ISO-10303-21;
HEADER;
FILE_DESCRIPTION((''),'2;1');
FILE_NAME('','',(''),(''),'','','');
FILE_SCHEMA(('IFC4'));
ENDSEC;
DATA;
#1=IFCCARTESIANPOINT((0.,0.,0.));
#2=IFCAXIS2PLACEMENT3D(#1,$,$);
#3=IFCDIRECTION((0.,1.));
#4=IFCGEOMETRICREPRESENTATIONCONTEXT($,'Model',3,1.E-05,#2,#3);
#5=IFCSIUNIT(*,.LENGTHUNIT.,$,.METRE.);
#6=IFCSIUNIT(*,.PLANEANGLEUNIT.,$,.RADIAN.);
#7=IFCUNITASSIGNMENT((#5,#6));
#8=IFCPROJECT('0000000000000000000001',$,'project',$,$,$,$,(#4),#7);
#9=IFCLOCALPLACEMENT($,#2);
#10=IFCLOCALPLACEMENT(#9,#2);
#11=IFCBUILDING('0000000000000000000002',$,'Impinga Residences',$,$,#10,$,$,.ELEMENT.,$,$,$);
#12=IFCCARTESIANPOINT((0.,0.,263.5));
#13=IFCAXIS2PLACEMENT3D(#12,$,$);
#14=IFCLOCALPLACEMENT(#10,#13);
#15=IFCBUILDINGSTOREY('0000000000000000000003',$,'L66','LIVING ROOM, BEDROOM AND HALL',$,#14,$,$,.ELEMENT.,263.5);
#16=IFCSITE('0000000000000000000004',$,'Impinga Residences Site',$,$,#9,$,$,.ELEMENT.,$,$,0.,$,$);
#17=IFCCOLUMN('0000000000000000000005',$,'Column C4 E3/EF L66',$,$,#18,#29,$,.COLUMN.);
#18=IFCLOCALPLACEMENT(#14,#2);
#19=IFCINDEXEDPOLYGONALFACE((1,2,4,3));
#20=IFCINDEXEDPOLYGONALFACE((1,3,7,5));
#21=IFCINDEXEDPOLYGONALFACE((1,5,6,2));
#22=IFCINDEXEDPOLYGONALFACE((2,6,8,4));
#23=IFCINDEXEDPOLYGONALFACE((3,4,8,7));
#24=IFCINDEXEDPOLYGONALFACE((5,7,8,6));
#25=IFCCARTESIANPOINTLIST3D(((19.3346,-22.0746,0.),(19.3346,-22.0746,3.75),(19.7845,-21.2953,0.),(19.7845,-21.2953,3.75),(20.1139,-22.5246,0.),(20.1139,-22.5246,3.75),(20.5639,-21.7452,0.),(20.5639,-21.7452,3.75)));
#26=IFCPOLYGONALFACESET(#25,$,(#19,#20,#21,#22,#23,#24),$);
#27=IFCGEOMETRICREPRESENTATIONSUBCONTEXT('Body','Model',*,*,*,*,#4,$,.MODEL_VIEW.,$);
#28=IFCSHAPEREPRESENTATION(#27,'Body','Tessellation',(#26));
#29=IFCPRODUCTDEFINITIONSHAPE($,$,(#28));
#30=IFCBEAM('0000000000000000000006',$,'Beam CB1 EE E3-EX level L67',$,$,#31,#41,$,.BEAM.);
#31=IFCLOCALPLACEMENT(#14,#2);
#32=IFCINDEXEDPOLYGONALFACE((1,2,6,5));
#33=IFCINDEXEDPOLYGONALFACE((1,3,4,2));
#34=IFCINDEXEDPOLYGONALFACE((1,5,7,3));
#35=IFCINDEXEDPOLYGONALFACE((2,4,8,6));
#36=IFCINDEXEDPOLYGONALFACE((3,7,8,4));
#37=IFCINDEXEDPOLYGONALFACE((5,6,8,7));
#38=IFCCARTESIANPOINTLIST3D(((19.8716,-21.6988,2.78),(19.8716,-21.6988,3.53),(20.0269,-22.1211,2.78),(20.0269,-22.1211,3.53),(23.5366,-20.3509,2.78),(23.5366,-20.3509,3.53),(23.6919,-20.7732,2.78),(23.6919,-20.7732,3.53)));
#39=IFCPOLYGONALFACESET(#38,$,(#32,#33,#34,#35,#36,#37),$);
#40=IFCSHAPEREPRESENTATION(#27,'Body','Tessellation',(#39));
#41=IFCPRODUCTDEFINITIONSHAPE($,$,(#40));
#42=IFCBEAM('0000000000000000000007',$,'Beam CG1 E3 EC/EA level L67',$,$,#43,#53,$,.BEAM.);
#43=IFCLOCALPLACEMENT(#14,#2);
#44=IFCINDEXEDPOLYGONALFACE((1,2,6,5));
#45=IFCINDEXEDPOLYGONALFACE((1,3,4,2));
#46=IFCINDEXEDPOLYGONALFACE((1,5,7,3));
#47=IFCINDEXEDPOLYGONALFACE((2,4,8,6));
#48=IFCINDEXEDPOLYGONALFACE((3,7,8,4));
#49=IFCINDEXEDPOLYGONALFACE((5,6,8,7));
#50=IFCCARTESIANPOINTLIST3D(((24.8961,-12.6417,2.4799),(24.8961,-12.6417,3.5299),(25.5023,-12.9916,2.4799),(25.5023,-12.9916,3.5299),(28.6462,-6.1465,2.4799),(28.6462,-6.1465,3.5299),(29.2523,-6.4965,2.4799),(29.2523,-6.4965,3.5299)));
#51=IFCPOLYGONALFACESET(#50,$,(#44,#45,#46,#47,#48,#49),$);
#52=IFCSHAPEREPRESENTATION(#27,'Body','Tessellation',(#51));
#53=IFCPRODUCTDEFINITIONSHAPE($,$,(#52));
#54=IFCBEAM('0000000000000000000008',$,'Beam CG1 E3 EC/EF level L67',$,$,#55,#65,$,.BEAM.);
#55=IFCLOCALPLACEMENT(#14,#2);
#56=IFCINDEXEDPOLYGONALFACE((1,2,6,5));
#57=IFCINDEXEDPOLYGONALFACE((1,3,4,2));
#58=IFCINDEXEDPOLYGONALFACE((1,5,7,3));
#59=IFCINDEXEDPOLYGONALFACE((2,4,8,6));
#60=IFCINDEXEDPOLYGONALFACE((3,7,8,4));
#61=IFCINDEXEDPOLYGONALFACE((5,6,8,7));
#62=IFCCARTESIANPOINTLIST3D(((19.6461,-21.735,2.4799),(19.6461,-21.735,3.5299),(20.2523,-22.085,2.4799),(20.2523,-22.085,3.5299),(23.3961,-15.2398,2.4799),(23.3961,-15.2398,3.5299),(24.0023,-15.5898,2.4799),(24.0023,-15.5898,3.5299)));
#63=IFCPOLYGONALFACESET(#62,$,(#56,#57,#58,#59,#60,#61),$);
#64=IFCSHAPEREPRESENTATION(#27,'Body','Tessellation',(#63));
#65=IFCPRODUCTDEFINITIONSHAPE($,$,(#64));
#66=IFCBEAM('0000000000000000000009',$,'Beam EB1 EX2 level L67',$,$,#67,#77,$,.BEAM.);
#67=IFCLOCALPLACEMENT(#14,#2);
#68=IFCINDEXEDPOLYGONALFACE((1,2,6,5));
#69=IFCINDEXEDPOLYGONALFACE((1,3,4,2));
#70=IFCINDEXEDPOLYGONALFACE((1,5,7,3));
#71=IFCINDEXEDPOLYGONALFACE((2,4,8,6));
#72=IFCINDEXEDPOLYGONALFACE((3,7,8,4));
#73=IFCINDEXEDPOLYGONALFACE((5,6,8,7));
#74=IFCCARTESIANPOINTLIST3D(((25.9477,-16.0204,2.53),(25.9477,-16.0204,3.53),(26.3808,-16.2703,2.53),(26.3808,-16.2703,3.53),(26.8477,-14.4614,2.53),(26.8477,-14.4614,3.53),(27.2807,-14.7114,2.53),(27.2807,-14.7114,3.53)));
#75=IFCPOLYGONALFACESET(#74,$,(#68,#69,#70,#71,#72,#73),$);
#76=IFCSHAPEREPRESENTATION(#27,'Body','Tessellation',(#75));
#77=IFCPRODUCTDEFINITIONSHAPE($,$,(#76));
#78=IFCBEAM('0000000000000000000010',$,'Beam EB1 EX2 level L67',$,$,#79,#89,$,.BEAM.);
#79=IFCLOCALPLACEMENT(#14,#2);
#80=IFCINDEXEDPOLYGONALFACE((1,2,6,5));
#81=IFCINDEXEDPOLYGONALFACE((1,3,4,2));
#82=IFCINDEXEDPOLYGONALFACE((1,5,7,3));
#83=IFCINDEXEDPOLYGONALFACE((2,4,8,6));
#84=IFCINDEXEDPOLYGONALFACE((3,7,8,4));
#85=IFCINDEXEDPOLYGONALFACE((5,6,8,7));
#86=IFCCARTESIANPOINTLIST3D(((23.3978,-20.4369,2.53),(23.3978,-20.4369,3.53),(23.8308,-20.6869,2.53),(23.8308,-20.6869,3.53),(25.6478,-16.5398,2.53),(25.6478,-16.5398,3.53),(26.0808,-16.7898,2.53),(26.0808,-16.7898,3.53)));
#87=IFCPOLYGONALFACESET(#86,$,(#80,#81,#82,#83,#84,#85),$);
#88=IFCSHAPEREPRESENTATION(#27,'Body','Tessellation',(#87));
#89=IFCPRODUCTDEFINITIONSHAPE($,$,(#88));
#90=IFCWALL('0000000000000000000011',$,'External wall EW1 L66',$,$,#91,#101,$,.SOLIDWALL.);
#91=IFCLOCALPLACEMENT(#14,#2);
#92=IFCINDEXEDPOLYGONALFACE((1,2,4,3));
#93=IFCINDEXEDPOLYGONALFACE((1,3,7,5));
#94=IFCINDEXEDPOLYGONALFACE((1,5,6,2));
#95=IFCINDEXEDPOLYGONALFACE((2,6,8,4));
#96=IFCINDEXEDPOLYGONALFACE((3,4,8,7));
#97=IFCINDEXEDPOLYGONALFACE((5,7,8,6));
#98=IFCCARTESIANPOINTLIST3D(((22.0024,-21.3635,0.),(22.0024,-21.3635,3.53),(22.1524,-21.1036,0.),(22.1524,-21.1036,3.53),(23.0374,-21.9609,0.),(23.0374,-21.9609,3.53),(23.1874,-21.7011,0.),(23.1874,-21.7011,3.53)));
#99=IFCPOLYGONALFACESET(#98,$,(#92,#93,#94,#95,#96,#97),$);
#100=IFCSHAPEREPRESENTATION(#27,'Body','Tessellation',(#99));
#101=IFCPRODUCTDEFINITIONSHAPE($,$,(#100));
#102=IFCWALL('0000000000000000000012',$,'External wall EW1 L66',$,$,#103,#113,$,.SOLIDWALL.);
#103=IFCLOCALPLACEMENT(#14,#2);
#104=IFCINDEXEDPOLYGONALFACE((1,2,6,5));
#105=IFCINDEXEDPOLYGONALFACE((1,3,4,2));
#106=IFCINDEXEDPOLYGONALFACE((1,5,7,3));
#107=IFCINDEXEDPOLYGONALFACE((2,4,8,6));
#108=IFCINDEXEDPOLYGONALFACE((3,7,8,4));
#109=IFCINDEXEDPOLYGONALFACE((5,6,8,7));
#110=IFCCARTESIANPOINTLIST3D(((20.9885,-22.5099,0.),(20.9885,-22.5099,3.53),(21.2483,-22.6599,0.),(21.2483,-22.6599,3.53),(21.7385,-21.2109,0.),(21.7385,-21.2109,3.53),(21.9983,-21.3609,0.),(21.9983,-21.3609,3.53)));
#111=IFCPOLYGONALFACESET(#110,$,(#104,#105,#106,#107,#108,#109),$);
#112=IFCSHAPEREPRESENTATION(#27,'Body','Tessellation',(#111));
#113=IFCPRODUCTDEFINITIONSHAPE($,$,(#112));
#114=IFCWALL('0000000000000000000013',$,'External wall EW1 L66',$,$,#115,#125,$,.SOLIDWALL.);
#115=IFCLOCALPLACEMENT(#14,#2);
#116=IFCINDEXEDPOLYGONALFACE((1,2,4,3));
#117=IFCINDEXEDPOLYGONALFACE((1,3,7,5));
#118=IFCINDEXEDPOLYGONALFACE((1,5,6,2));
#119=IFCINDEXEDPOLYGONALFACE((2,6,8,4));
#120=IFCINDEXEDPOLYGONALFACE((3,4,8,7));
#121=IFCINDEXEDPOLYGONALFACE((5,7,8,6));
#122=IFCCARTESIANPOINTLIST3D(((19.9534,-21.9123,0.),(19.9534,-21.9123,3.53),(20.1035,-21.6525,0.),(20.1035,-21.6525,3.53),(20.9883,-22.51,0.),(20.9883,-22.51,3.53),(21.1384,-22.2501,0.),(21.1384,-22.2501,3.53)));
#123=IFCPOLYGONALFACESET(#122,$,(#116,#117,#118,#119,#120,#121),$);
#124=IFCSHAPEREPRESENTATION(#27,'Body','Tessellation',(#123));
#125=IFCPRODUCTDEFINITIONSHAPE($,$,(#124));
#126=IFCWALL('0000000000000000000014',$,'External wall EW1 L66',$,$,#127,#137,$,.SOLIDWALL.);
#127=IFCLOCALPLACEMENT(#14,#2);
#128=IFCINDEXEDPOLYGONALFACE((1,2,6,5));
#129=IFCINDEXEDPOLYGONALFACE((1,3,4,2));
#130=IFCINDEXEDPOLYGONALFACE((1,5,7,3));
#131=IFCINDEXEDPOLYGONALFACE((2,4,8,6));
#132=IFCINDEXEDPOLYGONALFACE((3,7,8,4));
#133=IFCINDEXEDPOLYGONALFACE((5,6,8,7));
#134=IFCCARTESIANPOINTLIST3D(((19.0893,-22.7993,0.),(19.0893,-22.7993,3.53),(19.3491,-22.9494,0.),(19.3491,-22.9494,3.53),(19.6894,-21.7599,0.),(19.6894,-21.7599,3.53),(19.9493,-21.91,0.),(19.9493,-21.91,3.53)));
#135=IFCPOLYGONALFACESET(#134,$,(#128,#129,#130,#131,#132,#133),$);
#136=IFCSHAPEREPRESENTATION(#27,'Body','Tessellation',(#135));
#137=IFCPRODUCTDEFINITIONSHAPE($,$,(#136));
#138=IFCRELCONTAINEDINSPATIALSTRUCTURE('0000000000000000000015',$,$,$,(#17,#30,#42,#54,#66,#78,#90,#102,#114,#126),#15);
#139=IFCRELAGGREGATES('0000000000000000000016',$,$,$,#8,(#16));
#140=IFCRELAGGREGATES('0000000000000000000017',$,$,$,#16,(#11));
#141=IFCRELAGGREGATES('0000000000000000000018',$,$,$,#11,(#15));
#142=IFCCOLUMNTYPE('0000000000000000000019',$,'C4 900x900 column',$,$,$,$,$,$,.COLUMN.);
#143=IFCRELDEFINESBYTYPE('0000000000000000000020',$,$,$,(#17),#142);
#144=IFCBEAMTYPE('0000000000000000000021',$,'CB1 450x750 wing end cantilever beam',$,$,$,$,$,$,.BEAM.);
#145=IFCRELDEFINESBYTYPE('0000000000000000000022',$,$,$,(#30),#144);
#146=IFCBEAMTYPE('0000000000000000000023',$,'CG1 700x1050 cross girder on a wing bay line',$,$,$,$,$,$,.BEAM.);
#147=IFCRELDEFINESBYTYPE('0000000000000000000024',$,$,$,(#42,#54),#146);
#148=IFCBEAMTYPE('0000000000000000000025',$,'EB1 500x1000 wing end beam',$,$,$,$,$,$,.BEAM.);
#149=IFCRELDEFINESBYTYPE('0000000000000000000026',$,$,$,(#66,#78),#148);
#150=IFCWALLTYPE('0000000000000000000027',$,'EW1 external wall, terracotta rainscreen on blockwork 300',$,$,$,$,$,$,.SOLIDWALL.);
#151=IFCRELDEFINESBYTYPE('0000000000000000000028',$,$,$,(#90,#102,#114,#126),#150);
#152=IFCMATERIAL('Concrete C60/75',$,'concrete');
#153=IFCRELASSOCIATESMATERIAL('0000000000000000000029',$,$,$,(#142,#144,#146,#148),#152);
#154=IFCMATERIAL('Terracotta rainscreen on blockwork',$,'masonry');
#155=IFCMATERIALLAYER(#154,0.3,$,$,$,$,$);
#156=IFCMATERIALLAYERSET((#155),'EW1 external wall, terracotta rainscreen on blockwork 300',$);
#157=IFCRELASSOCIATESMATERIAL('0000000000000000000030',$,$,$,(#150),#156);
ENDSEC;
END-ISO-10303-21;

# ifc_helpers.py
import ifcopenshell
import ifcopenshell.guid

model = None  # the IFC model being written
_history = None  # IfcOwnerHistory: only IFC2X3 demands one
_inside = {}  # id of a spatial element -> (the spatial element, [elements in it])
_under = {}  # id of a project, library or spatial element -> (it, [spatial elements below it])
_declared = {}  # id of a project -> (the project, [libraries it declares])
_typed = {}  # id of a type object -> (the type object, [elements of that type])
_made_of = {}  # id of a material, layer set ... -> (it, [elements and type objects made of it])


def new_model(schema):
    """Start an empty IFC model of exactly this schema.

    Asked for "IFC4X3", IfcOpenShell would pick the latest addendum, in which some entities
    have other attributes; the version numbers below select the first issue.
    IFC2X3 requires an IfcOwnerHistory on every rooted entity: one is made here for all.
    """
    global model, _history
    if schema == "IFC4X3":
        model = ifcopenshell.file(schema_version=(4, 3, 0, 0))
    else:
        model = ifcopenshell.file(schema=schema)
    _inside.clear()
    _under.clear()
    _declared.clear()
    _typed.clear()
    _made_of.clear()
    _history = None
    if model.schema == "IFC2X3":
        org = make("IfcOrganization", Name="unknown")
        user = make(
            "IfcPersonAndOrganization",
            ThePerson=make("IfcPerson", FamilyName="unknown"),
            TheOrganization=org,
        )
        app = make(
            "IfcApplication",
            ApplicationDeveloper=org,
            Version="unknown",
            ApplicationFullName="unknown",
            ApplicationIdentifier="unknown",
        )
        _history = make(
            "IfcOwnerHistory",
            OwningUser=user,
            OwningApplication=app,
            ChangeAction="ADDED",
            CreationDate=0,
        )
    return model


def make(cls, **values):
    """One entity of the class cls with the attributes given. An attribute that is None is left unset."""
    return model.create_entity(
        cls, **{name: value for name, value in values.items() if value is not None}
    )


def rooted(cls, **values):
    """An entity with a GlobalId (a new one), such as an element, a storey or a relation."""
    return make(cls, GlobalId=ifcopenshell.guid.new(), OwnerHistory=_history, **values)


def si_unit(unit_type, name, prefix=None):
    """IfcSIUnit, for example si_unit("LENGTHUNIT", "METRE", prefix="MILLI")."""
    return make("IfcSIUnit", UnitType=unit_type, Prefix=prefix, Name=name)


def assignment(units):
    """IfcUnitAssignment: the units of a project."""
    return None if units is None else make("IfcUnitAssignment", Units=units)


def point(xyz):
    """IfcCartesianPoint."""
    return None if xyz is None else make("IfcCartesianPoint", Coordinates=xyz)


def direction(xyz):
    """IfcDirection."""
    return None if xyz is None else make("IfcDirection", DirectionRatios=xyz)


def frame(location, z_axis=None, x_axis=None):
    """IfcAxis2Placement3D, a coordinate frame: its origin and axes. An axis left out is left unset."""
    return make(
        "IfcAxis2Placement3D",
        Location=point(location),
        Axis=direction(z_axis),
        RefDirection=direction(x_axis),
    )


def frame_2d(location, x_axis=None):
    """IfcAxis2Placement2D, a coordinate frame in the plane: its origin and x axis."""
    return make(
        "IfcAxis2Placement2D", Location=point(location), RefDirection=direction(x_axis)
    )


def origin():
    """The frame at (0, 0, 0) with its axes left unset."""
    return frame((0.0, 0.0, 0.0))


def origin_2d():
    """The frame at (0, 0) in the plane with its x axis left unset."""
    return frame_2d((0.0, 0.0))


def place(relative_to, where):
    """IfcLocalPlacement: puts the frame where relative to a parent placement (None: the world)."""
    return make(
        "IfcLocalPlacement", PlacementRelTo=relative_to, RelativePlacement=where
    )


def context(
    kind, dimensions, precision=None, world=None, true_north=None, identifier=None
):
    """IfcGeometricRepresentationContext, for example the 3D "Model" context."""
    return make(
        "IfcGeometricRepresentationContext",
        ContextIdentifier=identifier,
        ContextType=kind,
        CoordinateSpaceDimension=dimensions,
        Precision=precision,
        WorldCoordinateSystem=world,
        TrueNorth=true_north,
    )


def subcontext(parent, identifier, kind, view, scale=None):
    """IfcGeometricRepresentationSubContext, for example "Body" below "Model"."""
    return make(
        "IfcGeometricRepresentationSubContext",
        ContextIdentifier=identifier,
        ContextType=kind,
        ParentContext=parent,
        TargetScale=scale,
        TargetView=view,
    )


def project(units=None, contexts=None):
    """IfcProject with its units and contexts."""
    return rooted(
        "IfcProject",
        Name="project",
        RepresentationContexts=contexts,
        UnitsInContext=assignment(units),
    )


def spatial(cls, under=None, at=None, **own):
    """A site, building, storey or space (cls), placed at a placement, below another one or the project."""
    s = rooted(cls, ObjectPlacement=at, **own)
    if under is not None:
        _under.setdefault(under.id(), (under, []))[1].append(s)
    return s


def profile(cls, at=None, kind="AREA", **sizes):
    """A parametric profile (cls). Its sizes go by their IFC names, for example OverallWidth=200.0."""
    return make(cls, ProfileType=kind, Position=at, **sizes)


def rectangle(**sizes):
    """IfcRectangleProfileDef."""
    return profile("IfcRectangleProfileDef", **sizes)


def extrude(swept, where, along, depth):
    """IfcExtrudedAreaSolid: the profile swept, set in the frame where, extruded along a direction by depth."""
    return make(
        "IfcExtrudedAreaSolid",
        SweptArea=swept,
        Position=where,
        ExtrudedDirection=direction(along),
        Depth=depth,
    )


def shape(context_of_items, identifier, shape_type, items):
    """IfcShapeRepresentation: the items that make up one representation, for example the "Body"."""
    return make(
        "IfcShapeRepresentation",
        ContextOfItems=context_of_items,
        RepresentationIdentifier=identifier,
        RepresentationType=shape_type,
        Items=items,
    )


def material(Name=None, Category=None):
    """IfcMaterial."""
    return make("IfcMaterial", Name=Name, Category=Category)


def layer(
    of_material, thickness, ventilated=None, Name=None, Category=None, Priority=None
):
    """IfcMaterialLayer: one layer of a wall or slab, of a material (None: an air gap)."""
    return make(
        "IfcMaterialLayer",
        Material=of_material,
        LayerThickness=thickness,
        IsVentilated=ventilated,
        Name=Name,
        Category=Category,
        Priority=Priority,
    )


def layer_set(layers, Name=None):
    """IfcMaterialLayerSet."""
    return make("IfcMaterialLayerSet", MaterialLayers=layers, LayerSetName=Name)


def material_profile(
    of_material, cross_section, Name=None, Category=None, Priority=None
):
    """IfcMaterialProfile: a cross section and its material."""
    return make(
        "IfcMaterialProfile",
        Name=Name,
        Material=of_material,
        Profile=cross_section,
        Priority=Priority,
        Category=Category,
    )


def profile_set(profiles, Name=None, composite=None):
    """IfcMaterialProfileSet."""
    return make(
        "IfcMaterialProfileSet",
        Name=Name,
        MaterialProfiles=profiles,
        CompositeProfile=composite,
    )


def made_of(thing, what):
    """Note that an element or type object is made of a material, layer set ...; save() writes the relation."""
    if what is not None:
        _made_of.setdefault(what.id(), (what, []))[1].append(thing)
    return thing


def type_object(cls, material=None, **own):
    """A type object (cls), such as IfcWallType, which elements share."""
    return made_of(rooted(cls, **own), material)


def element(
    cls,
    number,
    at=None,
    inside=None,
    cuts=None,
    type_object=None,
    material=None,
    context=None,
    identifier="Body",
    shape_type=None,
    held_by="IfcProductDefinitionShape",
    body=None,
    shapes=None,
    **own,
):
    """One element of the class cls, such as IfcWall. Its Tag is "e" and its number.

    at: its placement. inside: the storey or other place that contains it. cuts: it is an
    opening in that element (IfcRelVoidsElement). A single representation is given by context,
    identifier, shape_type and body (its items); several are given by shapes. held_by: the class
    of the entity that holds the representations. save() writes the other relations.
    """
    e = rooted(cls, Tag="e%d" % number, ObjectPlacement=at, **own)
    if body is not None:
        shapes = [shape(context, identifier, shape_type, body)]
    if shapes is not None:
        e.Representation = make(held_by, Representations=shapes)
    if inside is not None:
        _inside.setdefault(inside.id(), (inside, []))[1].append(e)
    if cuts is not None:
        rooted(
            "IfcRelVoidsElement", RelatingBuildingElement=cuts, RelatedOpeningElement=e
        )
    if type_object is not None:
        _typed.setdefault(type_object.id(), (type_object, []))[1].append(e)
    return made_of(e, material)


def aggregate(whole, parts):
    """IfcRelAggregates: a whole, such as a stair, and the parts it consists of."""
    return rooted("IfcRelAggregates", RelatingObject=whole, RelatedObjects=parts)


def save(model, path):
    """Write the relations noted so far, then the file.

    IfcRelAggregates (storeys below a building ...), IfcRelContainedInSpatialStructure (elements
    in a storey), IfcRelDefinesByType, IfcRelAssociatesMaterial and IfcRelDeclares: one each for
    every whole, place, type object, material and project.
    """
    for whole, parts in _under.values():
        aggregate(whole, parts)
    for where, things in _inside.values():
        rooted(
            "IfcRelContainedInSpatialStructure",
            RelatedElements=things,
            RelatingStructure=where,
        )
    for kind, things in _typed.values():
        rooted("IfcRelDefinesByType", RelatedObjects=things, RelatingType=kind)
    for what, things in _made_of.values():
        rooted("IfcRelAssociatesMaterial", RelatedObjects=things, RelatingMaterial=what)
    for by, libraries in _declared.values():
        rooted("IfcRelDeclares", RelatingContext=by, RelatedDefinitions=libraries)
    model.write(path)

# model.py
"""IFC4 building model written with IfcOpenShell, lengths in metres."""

from ifc_helpers import new_model, si_unit, direction, frame, frame_2d, origin, origin_2d, place, context, subcontext, project, spatial, rectangle, extrude, material, layer, layer_set, material_profile, profile_set, type_object, element, save


model = new_model("IFC4")

# Units and contexts
model_context = context("Model", 3, precision=1e-05, world=origin(), true_north=direction((0.0, 1.0)))
body_context = subcontext(model_context, "Body", "Model", "MODEL_VIEW")
ifc_project = project(units=[si_unit("LENGTHUNIT", "METRE"), si_unit("PLANEANGLEUNIT", "RADIAN")], contexts=[model_context])

# Site, building, storey
site_placement = place(None, origin())
site = spatial("IfcSite", under=ifc_project, at=site_placement, Name="Impinga Residences Site", CompositionType="ELEMENT", RefElevation=0.0)
building_placement = place(site_placement, origin())
building = spatial("IfcBuilding", under=site, at=building_placement, Name="Impinga Residences", CompositionType="ELEMENT")
storey_placement = place(building_placement, frame((0.0, 0.0, 263.5)))
storey = spatial("IfcBuildingStorey", under=building, at=storey_placement, Name="L66", Description="LIVING ROOM, BEDROOM AND HALL", CompositionType="ELEMENT", Elevation=263.5)

# Column
ifc_material_1 = material(Name="Concrete C60/75", Category="concrete")
ifc_material_profile_1 = material_profile(ifc_material_1, rectangle(XDim=0.8999, YDim=0.8999, at=origin_2d()), Name="RC 900x900")
ifc_profile_set_1 = profile_set([ifc_material_profile_1], Name="Concrete C60/75")
column_type = type_object("IfcColumnType", Name="C4 900x900 column", PredefinedType="COLUMN", material=ifc_profile_set_1)
column_placement = place(storey_placement, frame((19.9492, -21.9099, 0.0), z_axis=(0.0, 0.0, 1.0), x_axis=(-0.5, -0.866025, 0.0)))
element("IfcColumn", 1, at=column_placement, inside=storey, type_object=column_type, Name="Column C4 E3/EF L66", PredefinedType="COLUMN", context=body_context, shape_type="SweptSolid", body=[
    extrude(rectangle(XDim=0.8999, YDim=0.8999, at=origin_2d()), origin(), (0.0, 0.0, 1.0), 3.75),
])

# Beams
ifc_material_profile_2 = material_profile(ifc_material_1, rectangle(XDim=0.45, YDim=0.75, at=origin_2d()), Name="RC 450x750")
ifc_profile_set_2 = profile_set([ifc_material_profile_2], Name="Concrete C60/75")
beam_type_1 = type_object("IfcBeamType", Name="CB1 450x750 wing end cantilever beam", PredefinedType="BEAM", material=ifc_profile_set_2)
beam_1_placement = place(storey_placement, frame((19.9492, -21.9099, 3.155), z_axis=(0.93854, 0.345169, 0.0), x_axis=(-0.345169, 0.93854, 0.0)))
element("IfcBeam", 2, at=beam_1_placement, inside=storey, type_object=beam_type_1, Name="Beam CB1 EE E3-EX level L67", PredefinedType="BEAM", context=body_context, shape_type="SweptSolid", body=[
    extrude(rectangle(XDim=0.45, YDim=0.75, at=origin_2d()), origin(), (0.0, 0.0, 1.0), 3.905),
])
ifc_material_profile_3 = material_profile(ifc_material_1, rectangle(XDim=0.7, YDim=1.05, at=origin_2d()), Name="RC 700x1050")
ifc_profile_set_3 = profile_set([ifc_material_profile_3], Name="Concrete C60/75")
beam_type_2 = type_object("IfcBeamType", Name="CG1 700x1050 cross girder on a wing bay line", PredefinedType="BEAM", material=ifc_profile_set_3)
for number, where, z_axis, x_axis, name in (
    (3, (25.1992, -12.8167, 3.0049), (0.500004, 0.866023, 0.0), (-0.866023, 0.500004, 0.0), "Beam CG1 E3 EC/EA level L67"),
    (4, (23.6992, -15.4148, 3.0049), (-0.500004, -0.866023, 0.0), (0.866023, -0.500004, 0.0), "Beam CG1 E3 EC/EF level L67"),
):
    element("IfcBeam", number, at=place(storey_placement, frame(where, z_axis=z_axis, x_axis=x_axis)), inside=storey, type_object=beam_type_2, Name=name, PredefinedType="BEAM", context=body_context, shape_type="SweptSolid", body=[
        extrude(rectangle(XDim=0.7, YDim=1.05, at=origin_2d()), origin(), (0.0, 0.0, 1.0), 7.5),
    ])
ifc_material_profile_4 = material_profile(ifc_material_1, rectangle(XDim=0.5, YDim=1.0, at=origin_2d()), Name="RC 500x1000")
ifc_profile_set_4 = profile_set([ifc_material_profile_4], Name="Concrete C60/75")
beam_type_3 = type_object("IfcBeamType", Name="EB1 500x1000 wing end beam", PredefinedType="BEAM", material=ifc_profile_set_4)
beam_2_placement = place(storey_placement, frame((27.0642, -14.5864, 3.03), z_axis=(-0.499961, -0.866048, 0.0), x_axis=(0.866048, -0.499961, 0.0)))
element("IfcBeam", 5, at=beam_2_placement, inside=storey, type_object=beam_type_3, Name="Beam EB1 EX2 level L67", PredefinedType="BEAM", context=body_context, shape_type="SweptSolid", body=[
    extrude(rectangle(XDim=0.5, YDim=1.0, at=origin_2d()), origin(), (0.0, 0.0, 1.0), 1.8),
])
beam_3_placement = place(storey_placement, frame((25.8643, -16.6648, 3.03), z_axis=(-0.49999, -0.866031, 0.0), x_axis=(0.866031, -0.49999, 0.0)))
element("IfcBeam", 6, at=beam_3_placement, inside=storey, type_object=beam_type_3, Name="Beam EB1 EX2 level L67", PredefinedType="BEAM", context=body_context, shape_type="SweptSolid", body=[
    extrude(rectangle(XDim=0.5, YDim=1.0, at=origin_2d()), origin(), (0.0, 0.0, 1.0), 4.5),
])

# Walls
ifc_material_2 = material(Name="Terracotta rainscreen on blockwork", Category="masonry")
ifc_layer_1 = layer(ifc_material_2, 0.3)
ifc_layer_set_1 = layer_set([ifc_layer_1], Name="EW1 external wall, terracotta rainscreen on blockwork 300")
wall_type_1 = type_object("IfcWallType", Name="EW1 external wall, terracotta rainscreen on blockwork 300", PredefinedType="SOLIDWALL", material=ifc_layer_set_1)
wall_1_placement = place(storey_placement, frame((23.1125, -21.8311, 0.0), z_axis=(0.0, 0.0, 1.0), x_axis=(-0.86606, 0.499941, 0.0)))
element("IfcWall", 7, at=wall_1_placement, inside=storey, type_object=wall_type_1, Name="External wall EW1 L66", PredefinedType="SOLIDWALL", context=body_context, shape_type="SweptSolid", body=[
    extrude(rectangle(XDim=1.1951, YDim=0.3, at=frame_2d((0.5977, 0.0))), origin(), (0.0, 0.0, 1.0), 3.53),
])
wall_2_placement = place(storey_placement, frame((21.8684, -21.2859, 0.0), z_axis=(0.0, 0.0, 1.0), x_axis=(-0.49999, -0.866031, 0.0)))
element("IfcWall", 8, at=wall_2_placement, inside=storey, type_object=wall_type_1, Name="External wall EW1 L66", PredefinedType="SOLIDWALL", context=body_context, shape_type="SweptSolid", body=[
    extrude(rectangle(XDim=1.5, YDim=0.3, at=frame_2d((0.75, 0.0))), origin(), (0.0, 0.0, 1.0), 3.53),
])
wall_3_placement = place(storey_placement, frame((21.0635, -22.3801, 0.0), z_axis=(0.0, 0.0, 1.0), x_axis=(-0.865971, 0.500094, 0.0)))
element("IfcWall", 9, at=wall_3_placement, inside=storey, type_object=wall_type_1, Name="External wall EW1 L66", PredefinedType="SOLIDWALL", context=body_context, shape_type="SweptSolid", body=[
    extrude(rectangle(XDim=1.1951, YDim=0.3, at=frame_2d((0.5977, 0.0))), origin(), (0.0, 0.0, 1.0), 3.53),
])
wall_4_placement = place(storey_placement, frame((19.8193, -21.835, 0.0), z_axis=(0.0, 0.0, 1.0), x_axis=(-0.500034, -0.866006, 0.0)))
element("IfcWall", 10, at=wall_4_placement, inside=storey, type_object=wall_type_1, Name="External wall EW1 L66", PredefinedType="SOLIDWALL", context=body_context, shape_type="SweptSolid", body=[
    extrude(rectangle(XDim=1.2002, YDim=0.3, at=frame_2d((0.6001, 0.0))), origin(), (0.0, 0.0, 1.0), 3.53),
])

save(model, "model.ifc")
